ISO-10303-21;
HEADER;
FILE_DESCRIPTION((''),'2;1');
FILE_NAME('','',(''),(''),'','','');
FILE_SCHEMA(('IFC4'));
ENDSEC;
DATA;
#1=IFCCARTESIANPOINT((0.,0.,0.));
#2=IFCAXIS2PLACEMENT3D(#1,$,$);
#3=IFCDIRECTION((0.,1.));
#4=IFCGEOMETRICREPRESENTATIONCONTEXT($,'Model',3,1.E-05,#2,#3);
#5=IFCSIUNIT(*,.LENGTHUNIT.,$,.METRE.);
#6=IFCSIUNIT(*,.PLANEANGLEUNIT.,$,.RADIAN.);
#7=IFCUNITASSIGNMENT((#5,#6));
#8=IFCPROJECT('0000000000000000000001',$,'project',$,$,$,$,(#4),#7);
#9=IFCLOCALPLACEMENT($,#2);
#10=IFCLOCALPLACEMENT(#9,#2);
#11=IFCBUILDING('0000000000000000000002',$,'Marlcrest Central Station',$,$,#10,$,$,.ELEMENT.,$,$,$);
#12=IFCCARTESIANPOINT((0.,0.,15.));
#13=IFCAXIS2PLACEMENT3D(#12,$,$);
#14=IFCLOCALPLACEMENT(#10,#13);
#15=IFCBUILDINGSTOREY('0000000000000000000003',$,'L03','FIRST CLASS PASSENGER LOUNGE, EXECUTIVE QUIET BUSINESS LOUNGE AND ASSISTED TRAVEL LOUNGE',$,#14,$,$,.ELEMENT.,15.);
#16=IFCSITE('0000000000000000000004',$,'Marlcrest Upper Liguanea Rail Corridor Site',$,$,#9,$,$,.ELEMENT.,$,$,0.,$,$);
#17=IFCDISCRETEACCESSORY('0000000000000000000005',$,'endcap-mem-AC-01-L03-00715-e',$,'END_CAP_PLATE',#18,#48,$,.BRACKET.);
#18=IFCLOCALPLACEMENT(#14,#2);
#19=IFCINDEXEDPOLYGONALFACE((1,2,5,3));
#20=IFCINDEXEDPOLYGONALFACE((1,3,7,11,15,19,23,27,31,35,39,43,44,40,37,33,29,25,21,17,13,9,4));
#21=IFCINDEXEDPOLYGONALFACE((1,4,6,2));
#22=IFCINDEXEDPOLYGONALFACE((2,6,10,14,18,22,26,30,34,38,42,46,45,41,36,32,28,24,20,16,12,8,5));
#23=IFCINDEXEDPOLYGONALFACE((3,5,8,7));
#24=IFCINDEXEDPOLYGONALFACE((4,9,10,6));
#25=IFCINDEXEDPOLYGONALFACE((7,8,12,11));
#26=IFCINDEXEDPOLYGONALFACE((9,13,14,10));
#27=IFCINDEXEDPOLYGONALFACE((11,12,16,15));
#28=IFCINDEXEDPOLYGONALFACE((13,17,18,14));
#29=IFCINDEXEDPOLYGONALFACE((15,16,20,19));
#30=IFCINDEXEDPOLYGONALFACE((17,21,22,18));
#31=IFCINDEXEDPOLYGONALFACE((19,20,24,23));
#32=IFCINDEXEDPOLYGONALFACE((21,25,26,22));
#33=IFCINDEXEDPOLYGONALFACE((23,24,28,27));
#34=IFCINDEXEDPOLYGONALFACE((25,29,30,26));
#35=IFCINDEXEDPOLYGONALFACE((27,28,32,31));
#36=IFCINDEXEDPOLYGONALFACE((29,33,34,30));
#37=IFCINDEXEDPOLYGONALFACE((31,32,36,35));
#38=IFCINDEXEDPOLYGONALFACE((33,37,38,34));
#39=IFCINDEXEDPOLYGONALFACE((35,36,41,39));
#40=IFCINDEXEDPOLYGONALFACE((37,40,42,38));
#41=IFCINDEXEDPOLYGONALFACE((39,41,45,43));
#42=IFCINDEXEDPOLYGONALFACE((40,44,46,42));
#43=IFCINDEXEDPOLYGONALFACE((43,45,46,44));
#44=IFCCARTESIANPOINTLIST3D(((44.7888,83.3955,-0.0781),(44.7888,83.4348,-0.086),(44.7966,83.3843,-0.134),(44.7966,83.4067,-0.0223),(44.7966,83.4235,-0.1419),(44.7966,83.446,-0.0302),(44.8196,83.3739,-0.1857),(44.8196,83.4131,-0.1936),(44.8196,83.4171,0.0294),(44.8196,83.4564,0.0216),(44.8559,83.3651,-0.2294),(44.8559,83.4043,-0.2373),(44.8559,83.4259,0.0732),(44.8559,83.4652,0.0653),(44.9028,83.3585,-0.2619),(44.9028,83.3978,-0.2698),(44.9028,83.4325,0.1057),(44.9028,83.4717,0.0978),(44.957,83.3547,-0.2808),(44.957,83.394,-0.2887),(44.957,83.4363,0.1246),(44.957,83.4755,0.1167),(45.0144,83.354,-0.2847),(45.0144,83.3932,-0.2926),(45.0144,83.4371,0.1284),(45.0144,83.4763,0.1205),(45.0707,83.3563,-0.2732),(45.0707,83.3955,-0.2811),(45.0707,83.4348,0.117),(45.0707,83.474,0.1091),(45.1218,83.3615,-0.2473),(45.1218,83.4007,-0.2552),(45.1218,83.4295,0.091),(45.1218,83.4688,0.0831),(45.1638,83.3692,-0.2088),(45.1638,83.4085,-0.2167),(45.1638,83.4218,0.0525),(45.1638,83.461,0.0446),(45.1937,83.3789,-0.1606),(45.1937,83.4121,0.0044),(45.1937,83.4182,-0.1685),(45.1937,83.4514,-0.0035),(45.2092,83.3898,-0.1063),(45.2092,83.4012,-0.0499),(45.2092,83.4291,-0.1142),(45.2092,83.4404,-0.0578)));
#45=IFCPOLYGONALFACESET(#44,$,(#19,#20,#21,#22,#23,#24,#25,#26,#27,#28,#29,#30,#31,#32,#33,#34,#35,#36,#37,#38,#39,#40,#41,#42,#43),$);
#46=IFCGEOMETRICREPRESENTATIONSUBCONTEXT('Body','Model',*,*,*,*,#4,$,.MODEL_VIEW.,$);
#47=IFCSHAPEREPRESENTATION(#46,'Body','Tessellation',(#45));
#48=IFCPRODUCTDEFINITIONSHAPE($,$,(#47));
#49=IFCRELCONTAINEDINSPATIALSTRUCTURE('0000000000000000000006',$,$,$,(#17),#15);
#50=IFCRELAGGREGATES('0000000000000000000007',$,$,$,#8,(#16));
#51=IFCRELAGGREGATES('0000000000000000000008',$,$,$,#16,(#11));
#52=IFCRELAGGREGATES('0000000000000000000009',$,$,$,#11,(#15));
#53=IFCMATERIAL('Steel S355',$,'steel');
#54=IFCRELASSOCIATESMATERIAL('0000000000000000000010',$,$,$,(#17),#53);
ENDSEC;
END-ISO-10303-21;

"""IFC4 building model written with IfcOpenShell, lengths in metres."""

from ifc_helpers import new_model, si_unit, direction, frame, origin, origin_2d, place, context, subcontext, project, spatial, circle, extrude, material, element, save


model = new_model("IFC4")

# Units and contexts
model_context = context("Model", 3, precision=1e-05, world=origin(), true_north=direction((0.0, 1.0)))
body_context = subcontext(model_context, "Body", "Model", "MODEL_VIEW")
ifc_project = project(units=[si_unit("LENGTHUNIT", "METRE"), si_unit("PLANEANGLEUNIT", "RADIAN")], contexts=[model_context])

# Site, building, storey
site_placement = place(None, origin())
site = spatial("IfcSite", under=ifc_project, at=site_placement, Name="Marlcrest Upper Liguanea Rail Corridor Site", CompositionType="ELEMENT", RefElevation=0.0)
building_placement = place(site_placement, origin())
building = spatial("IfcBuilding", under=site, at=building_placement, Name="Marlcrest Central Station", CompositionType="ELEMENT")
storey_placement = place(building_placement, frame((0.0, 0.0, 15.0)))
storey = spatial("IfcBuildingStorey", under=building, at=storey_placement, Name="L03", Description="FIRST CLASS PASSENGER LOUNGE, EXECUTIVE QUIET BUSINESS LOUNGE AND ASSISTED TRAVEL LOUNGE", CompositionType="ELEMENT", Elevation=15.0)

# Shared definitions
ifc_material_1 = material(Name="Steel S355", Category="steel")

# Discrete accessory
for number, where, z_axis, x_axis, name in (
    (1, (45.0, 83.3955, -0.0781), (0.0, 0.980359, -0.197219), (-1.0, 0.0, 0.0), "endcap-mem-AC-01-L03-00715-e"),
):
    element("IfcDiscreteAccessory", number, at=place(storey_placement, frame(where, z_axis=z_axis, x_axis=x_axis)), inside=storey, material=ifc_material_1, Name=name, ObjectType="END_CAP_PLATE", PredefinedType="BRACKET", context=body_context, shape_type="SweptSolid", body=[
        extrude(circle(Radius=0.2112, at=origin_2d()), origin(), (0.0, 0.0, 1.0), 0.04),
    ])

save(model, "model.ifc")
